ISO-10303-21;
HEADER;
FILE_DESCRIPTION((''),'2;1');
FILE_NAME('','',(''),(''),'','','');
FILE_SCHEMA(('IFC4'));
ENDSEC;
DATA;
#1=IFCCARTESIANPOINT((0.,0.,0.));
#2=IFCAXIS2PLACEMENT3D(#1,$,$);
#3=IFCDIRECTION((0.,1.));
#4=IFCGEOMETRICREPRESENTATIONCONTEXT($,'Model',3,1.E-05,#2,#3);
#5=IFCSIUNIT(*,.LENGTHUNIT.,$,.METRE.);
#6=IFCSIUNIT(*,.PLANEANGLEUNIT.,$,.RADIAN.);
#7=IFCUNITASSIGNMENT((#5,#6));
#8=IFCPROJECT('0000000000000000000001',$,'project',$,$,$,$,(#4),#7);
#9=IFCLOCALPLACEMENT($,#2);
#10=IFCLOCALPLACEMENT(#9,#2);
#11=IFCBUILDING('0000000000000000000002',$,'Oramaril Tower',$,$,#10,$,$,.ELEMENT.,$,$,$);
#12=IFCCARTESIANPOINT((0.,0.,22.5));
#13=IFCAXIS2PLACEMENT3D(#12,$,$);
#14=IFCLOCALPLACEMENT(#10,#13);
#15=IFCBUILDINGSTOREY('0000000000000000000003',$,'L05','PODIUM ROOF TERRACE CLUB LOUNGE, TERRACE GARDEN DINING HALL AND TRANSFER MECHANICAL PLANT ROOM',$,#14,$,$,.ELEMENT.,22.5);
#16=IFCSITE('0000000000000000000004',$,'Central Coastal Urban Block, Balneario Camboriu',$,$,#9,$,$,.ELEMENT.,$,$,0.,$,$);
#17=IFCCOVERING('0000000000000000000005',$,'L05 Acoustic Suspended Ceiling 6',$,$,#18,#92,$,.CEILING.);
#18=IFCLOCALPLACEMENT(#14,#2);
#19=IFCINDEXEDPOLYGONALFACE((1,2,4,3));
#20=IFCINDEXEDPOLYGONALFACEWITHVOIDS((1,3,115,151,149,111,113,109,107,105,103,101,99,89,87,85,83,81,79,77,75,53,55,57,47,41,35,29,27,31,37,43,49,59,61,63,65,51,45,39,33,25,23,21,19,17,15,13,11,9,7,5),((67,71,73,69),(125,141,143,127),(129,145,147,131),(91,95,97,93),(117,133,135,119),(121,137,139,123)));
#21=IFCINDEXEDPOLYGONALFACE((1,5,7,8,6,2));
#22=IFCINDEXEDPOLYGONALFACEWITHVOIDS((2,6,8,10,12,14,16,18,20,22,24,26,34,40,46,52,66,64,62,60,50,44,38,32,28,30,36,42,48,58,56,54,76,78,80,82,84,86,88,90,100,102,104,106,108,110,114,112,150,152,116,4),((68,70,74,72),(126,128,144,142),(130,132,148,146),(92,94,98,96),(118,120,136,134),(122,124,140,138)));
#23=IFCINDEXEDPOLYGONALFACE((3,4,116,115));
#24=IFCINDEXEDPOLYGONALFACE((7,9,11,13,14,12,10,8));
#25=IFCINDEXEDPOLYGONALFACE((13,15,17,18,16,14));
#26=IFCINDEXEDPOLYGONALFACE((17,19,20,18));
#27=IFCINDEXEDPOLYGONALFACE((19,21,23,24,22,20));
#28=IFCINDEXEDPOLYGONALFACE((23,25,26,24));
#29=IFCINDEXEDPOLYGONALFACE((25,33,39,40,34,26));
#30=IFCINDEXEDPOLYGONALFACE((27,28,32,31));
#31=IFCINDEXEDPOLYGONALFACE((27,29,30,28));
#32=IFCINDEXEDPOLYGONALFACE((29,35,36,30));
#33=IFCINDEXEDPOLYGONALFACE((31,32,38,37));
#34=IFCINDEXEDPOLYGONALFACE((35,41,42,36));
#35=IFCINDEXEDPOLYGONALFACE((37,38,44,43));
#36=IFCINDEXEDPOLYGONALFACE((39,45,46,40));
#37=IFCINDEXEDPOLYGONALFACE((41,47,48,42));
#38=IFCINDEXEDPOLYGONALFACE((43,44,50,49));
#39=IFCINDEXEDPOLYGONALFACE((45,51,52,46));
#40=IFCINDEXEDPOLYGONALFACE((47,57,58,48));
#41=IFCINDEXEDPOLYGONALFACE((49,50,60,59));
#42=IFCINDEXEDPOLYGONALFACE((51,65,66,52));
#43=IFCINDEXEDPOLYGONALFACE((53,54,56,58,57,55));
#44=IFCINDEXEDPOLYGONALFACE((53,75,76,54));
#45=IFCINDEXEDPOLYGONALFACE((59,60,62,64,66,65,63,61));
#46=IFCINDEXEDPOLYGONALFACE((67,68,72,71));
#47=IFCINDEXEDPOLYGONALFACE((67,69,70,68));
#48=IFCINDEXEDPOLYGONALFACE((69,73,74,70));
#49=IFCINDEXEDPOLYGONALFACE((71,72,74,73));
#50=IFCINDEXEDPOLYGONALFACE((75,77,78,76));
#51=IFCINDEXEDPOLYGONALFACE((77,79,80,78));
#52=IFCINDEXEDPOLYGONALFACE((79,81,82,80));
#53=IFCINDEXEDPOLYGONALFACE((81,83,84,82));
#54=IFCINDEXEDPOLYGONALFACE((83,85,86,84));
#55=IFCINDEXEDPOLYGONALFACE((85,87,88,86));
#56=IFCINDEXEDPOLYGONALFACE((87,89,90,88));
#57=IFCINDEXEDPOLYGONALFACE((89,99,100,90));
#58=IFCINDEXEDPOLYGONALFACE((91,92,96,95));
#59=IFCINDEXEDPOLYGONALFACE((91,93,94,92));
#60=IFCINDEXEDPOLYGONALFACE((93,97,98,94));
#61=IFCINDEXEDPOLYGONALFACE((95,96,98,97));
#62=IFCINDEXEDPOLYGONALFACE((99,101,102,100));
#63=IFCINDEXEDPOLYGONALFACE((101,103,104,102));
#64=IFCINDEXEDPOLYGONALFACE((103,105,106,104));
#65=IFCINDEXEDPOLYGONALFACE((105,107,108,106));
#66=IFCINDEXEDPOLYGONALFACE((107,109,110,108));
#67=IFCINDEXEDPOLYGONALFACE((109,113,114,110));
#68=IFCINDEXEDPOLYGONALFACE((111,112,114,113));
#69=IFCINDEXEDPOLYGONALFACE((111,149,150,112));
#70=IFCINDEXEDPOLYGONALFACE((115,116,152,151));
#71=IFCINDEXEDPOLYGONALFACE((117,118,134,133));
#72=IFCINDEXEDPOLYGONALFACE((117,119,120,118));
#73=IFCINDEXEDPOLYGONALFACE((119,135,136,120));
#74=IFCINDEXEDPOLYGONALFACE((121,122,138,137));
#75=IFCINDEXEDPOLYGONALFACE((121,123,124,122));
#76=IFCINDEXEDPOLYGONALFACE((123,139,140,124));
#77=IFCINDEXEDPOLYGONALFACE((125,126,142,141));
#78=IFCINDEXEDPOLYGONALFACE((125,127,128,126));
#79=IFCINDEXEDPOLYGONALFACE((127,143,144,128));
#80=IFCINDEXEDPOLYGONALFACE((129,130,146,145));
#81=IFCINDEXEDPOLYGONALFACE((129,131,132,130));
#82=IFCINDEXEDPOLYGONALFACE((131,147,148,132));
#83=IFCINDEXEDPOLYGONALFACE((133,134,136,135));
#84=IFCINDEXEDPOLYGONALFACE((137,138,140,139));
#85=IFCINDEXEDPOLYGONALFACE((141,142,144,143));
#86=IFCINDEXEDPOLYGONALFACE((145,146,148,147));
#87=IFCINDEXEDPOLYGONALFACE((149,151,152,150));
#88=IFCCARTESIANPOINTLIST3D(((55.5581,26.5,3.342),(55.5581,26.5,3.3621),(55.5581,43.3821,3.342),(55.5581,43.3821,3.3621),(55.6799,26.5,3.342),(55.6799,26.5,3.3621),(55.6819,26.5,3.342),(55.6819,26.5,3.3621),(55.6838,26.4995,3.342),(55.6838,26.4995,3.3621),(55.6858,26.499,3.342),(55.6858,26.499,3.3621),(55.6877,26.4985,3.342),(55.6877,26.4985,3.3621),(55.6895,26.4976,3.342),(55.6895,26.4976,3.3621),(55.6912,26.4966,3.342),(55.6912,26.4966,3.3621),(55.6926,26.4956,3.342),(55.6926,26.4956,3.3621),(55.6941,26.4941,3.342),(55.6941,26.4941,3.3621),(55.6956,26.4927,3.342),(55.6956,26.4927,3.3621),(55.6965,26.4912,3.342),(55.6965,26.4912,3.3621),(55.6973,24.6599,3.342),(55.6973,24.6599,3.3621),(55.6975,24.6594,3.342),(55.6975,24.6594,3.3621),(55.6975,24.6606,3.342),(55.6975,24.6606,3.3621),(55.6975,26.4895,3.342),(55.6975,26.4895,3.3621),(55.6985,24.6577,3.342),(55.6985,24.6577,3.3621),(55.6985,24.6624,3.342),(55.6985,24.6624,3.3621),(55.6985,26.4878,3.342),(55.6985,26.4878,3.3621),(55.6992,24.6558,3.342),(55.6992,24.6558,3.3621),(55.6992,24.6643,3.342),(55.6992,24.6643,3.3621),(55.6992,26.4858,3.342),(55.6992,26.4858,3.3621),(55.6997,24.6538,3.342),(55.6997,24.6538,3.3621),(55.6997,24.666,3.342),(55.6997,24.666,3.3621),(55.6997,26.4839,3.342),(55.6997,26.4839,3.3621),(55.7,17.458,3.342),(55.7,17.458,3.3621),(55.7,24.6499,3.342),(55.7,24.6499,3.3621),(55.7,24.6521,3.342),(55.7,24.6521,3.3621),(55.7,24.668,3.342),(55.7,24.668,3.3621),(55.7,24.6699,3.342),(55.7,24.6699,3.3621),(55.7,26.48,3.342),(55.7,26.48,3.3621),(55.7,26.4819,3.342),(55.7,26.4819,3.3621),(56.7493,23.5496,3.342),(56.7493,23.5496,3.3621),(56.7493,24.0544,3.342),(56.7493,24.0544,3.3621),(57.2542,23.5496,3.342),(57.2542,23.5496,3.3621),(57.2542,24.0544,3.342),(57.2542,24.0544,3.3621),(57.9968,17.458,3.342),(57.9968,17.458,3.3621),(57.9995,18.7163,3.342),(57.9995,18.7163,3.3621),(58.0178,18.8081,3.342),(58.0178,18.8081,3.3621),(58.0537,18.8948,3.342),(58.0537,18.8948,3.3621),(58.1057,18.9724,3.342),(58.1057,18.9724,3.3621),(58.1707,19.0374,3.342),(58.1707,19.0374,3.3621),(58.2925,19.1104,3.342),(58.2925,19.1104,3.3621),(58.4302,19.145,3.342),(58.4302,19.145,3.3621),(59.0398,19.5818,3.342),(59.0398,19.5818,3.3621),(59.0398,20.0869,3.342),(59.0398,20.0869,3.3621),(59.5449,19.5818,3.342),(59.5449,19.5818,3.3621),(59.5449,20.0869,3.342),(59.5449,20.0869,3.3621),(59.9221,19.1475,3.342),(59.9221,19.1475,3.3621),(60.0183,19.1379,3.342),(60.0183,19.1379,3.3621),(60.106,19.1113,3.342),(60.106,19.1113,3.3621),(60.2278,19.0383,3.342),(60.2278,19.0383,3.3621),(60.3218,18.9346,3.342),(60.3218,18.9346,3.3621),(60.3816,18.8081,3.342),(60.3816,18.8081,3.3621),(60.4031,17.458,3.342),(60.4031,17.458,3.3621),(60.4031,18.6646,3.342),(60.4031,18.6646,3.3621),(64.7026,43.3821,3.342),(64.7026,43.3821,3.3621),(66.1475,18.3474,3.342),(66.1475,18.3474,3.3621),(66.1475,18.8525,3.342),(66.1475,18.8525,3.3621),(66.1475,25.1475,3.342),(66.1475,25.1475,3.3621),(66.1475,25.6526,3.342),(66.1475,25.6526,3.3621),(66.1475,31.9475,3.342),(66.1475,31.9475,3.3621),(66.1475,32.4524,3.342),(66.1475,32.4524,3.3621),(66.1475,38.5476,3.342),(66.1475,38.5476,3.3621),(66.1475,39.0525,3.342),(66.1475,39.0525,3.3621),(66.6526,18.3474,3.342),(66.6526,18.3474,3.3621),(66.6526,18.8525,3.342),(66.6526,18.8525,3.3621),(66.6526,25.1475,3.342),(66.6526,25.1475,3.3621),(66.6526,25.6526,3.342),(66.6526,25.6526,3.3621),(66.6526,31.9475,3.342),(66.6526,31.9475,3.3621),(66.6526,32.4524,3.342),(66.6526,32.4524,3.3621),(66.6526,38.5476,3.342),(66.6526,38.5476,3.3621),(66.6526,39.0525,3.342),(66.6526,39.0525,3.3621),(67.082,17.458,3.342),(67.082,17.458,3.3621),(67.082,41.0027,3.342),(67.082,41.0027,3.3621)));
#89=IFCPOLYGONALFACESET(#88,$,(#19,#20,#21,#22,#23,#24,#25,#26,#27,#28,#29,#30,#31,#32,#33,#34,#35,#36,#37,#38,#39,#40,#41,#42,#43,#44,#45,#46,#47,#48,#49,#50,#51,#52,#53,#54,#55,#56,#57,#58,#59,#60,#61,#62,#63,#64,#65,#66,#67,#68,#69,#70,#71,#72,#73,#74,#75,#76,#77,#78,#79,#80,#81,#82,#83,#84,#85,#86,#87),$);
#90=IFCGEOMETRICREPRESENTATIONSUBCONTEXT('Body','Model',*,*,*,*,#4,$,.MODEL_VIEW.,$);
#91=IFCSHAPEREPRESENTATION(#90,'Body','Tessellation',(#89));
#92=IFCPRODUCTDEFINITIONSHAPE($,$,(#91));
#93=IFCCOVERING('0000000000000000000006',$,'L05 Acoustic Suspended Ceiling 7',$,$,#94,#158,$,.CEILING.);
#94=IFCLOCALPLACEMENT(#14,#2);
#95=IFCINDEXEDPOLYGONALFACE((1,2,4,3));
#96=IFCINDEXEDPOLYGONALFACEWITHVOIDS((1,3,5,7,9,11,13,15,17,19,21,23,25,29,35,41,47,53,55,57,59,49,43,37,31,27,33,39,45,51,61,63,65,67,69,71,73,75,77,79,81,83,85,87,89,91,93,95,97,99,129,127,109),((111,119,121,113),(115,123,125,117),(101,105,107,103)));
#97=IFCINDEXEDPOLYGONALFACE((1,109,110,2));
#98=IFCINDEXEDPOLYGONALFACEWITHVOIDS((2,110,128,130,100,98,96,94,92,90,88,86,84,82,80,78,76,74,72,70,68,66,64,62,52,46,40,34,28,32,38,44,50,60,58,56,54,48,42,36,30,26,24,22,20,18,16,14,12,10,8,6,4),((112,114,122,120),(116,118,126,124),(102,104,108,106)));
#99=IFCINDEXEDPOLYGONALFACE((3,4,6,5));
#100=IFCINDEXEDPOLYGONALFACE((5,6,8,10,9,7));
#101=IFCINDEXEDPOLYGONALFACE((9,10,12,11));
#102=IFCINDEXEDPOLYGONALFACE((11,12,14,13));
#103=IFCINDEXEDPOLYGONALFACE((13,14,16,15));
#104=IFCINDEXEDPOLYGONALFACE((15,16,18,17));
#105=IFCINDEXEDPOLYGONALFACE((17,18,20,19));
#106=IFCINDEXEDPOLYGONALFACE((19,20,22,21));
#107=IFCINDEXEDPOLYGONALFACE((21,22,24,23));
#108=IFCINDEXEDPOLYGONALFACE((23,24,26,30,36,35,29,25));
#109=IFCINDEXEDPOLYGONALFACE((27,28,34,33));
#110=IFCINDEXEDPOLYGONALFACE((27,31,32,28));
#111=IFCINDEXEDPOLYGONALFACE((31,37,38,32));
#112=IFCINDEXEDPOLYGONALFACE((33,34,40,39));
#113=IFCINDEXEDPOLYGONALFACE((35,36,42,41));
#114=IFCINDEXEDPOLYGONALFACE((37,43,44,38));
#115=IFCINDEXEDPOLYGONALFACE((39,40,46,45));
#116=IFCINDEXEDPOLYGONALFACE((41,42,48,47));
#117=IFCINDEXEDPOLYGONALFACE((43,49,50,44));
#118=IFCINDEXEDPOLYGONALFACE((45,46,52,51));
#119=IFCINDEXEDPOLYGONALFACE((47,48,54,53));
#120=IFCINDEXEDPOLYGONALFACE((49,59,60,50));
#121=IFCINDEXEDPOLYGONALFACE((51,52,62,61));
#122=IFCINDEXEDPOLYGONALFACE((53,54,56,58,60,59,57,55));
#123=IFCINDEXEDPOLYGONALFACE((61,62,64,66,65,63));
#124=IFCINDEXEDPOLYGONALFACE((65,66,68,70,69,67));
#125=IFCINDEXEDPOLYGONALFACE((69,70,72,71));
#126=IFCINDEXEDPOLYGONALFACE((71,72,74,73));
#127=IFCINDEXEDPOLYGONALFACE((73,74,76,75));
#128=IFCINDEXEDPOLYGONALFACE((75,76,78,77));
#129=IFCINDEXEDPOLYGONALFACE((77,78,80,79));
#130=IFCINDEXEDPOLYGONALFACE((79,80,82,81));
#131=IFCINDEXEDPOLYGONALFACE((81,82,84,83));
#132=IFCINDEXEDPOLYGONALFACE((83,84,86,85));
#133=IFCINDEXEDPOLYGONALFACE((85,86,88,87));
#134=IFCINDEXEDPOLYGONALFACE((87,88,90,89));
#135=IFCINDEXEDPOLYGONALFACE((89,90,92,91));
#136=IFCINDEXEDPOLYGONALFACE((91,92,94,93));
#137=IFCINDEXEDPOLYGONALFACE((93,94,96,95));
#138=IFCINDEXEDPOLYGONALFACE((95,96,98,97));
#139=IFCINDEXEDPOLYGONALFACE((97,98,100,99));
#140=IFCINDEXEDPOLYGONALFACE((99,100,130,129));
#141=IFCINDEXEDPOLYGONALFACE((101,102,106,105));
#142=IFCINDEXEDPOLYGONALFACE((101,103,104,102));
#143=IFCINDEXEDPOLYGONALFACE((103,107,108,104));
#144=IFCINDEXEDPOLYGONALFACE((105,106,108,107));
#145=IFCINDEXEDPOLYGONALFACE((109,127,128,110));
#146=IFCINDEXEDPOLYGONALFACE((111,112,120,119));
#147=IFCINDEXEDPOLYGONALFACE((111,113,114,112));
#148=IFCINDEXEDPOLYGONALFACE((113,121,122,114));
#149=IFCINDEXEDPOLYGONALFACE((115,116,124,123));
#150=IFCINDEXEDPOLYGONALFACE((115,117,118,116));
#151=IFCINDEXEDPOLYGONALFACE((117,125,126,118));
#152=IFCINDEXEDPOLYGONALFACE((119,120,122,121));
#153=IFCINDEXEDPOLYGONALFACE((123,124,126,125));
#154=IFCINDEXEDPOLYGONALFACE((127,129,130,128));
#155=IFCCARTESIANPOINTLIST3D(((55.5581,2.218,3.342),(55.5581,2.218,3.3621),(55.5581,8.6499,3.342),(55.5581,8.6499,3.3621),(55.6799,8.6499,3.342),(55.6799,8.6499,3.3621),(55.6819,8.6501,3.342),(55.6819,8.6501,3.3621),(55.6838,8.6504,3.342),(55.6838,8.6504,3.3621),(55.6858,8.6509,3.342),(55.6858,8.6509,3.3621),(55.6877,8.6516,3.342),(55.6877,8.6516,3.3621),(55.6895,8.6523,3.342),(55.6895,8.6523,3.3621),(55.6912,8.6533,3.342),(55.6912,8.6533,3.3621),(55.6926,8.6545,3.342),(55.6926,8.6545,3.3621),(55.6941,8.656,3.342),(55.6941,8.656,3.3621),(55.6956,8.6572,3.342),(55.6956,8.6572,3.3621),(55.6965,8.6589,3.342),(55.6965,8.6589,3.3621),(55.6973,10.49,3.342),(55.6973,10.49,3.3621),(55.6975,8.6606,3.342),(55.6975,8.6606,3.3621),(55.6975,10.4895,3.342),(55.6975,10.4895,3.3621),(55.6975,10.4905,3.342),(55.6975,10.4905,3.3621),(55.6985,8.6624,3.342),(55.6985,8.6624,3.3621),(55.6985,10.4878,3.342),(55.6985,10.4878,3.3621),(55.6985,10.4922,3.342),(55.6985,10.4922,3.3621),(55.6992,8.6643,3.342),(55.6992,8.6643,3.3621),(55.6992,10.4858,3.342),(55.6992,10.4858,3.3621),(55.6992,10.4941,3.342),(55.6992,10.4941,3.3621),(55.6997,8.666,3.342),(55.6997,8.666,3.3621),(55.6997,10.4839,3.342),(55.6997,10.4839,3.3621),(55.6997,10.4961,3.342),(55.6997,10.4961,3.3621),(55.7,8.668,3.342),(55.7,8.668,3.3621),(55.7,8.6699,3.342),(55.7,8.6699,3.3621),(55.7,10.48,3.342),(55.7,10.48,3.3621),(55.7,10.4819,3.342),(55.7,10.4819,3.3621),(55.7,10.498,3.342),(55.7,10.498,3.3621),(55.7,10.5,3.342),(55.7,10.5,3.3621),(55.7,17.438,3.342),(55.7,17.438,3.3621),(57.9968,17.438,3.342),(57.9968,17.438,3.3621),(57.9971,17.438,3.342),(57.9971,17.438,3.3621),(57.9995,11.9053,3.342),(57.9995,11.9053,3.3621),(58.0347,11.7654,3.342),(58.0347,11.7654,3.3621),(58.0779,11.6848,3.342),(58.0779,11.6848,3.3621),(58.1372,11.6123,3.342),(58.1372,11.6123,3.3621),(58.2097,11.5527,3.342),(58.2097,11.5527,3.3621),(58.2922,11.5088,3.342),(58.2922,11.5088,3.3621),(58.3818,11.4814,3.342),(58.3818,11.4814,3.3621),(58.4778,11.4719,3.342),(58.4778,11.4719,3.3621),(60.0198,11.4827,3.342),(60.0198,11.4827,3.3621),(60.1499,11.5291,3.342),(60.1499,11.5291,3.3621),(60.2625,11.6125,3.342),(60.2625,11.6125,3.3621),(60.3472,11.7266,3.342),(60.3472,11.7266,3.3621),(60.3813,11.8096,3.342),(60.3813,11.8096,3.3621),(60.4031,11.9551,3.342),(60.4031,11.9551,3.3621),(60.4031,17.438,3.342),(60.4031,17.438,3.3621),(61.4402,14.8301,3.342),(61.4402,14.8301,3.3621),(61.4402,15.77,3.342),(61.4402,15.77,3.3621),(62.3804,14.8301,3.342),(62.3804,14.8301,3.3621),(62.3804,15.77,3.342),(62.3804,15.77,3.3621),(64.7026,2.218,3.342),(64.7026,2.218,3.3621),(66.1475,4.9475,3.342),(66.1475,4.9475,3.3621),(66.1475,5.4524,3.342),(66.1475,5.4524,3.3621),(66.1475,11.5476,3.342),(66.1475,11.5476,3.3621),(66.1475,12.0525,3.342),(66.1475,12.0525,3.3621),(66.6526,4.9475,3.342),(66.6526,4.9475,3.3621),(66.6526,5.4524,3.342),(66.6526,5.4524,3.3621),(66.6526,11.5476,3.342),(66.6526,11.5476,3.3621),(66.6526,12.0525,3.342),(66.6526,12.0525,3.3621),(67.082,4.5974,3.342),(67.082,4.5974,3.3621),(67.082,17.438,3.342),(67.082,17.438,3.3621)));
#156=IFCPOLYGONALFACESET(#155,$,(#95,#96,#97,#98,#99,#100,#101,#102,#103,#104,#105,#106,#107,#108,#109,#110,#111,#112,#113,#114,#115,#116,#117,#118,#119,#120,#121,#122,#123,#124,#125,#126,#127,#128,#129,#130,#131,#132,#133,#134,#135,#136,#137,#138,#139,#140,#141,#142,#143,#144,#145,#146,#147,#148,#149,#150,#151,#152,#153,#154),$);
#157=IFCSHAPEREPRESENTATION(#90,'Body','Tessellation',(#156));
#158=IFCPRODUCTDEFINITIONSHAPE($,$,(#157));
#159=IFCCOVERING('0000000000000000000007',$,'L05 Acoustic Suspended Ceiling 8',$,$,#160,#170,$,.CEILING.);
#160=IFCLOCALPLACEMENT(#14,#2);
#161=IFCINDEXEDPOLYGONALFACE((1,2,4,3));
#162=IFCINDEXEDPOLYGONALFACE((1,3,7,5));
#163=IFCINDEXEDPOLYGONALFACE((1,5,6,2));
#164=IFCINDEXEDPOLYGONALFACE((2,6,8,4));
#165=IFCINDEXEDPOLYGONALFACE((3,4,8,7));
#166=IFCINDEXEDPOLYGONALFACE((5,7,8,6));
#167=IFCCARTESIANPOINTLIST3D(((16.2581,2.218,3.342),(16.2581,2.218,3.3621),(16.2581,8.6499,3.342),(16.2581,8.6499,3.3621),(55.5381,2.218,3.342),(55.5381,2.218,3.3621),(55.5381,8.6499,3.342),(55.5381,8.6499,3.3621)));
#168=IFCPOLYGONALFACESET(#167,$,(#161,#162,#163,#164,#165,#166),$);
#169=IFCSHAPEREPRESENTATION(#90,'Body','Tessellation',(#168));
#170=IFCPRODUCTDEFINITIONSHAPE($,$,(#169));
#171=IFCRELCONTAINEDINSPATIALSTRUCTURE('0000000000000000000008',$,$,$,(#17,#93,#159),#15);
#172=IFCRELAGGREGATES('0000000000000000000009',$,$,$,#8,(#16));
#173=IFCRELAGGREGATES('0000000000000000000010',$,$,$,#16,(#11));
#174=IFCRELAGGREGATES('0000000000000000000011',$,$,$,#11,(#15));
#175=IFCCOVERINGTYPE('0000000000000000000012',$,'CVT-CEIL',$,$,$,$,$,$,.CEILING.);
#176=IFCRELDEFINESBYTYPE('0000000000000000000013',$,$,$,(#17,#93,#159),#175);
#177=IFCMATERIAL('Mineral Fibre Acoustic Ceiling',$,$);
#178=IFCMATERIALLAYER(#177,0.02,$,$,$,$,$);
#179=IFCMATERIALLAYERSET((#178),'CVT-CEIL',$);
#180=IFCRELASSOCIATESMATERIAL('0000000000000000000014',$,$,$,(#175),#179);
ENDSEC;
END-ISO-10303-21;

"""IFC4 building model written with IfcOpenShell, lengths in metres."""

from ifc_helpers import new_model, si_unit, direction, frame, origin, place, context, subcontext, project, spatial, polyline, outline, extrude, material, layer, layer_set, type_object, element, save


model = new_model("IFC4")

# Units and contexts
model_context = context("Model", 3, precision=1e-05, world=origin(), true_north=direction((0.0, 1.0)))
body_context = subcontext(model_context, "Body", "Model", "MODEL_VIEW")
ifc_project = project(units=[si_unit("LENGTHUNIT", "METRE"), si_unit("PLANEANGLEUNIT", "RADIAN")], contexts=[model_context])

# Site, building, storey
site_placement = place(None, origin())
site = spatial("IfcSite", under=ifc_project, at=site_placement, Name="Central Coastal Urban Block, Balneario Camboriu", CompositionType="ELEMENT", RefElevation=0.0)
building_placement = place(site_placement, origin())
building = spatial("IfcBuilding", under=site, at=building_placement, Name="Oramaril Tower", CompositionType="ELEMENT")
storey_placement = place(building_placement, frame((0.0, 0.0, 22.5)))
storey = spatial("IfcBuildingStorey", under=building, at=storey_placement, Name="L05", Description="PODIUM ROOF TERRACE CLUB LOUNGE, TERRACE GARDEN DINING HALL AND TRANSFER MECHANICAL PLANT ROOM", CompositionType="ELEMENT", Elevation=22.5)

# Coverings
ifc_material_1 = material(Name="Mineral Fibre Acoustic Ceiling")
ifc_layer_1 = layer(ifc_material_1, 0.02)
ifc_layer_set_1 = layer_set([ifc_layer_1], Name="CVT-CEIL")
covering_type_1 = type_object("IfcCoveringType", Name="CVT-CEIL", PredefinedType="CEILING", material=ifc_layer_set_1)
covering_1_placement = place(storey_placement, frame((0.0, 0.0, 3.342)))
element("IfcCovering", 1, at=covering_1_placement, inside=storey, type_object=covering_type_1, Name="L05 Acoustic Suspended Ceiling 6", PredefinedType="CEILING", context=body_context, shape_type="SweptSolid", body=[
    extrude(outline(polyline([(67.082, 41.0027), (67.082, 17.458), (60.4031, 17.458), (60.4031, 18.6646), (60.3816, 18.8081), (60.3218, 18.9346), (60.2278, 19.0383), (60.106, 19.1113), (60.0183, 19.1379), (59.9221, 19.1475), (58.4302, 19.145), (58.2925, 19.1104), (58.1707, 19.0374), (58.1057, 18.9724), (58.0537, 18.8948), (58.0178, 18.8081), (57.9995, 18.7163), (57.9968, 17.458), (55.7, 17.458), (55.7, 24.6499), (55.7, 24.6521), (55.6997, 24.6538), (55.6992, 24.6558), (55.6985, 24.6577), (55.6975, 24.6594), (55.6973, 24.6599), (55.6975, 24.6606), (55.6985, 24.6624), (55.6992, 24.6643), (55.6997, 24.666), (55.7, 24.668), (55.7, 24.6699), (55.7, 26.48), (55.7, 26.4819), (55.6997, 26.4839), (55.6992, 26.4858), (55.6985, 26.4878), (55.6975, 26.4895), (55.6965, 26.4912), (55.6956, 26.4927), (55.6941, 26.4941), (55.6926, 26.4956), (55.6912, 26.4966), (55.6895, 26.4976), (55.6877, 26.4985), (55.6858, 26.499), (55.6838, 26.4995), (55.6819, 26.5), (55.6799, 26.5), (55.5581, 26.5), (55.5581, 43.3821), (64.7026, 43.3821), (67.082, 41.0027)]), holes=[polyline([(66.6526, 18.8525), (66.1475, 18.8525), (66.1475, 18.3474), (66.6526, 18.3474), (66.6526, 18.8525)]), polyline([(59.5449, 20.0869), (59.0398, 20.0869), (59.0398, 19.5818), (59.5449, 19.5818), (59.5449, 20.0869)]), polyline([(57.2542, 24.0544), (56.7493, 24.0544), (56.7493, 23.5496), (57.2542, 23.5496), (57.2542, 24.0544)]), polyline([(66.6526, 25.1475), (66.6526, 25.6526), (66.1475, 25.6526), (66.1475, 25.1475), (66.6526, 25.1475)]), polyline([(66.6526, 32.4524), (66.1475, 32.4524), (66.1475, 31.9475), (66.6526, 31.9475), (66.6526, 32.4524)]), polyline([(66.6526, 39.0525), (66.1475, 39.0525), (66.1475, 38.5476), (66.6526, 38.5476), (66.6526, 39.0525)])]), origin(), (0.0, 0.0, 1.0), 0.02),
])
covering_2_placement = place(storey_placement, frame((0.0, 0.0, 3.342)))
element("IfcCovering", 2, at=covering_2_placement, inside=storey, type_object=covering_type_1, Name="L05 Acoustic Suspended Ceiling 7", PredefinedType="CEILING", context=body_context, shape_type="SweptSolid", body=[
    extrude(outline(polyline([(57.9995, 11.9053), (58.0347, 11.7654), (58.0779, 11.6848), (58.1372, 11.6123), (58.2097, 11.5527), (58.2922, 11.5088), (58.3818, 11.4814), (58.4778, 11.4719), (60.0198, 11.4827), (60.1499, 11.5291), (60.2625, 11.6125), (60.3472, 11.7266), (60.3813, 11.8096), (60.4031, 11.9551), (60.4031, 17.438), (67.082, 17.438), (67.082, 4.5974), (64.7026, 2.218), (55.5581, 2.218), (55.5581, 8.6499), (55.6799, 8.6499), (55.6819, 8.6501), (55.6838, 8.6504), (55.6858, 8.6509), (55.6877, 8.6516), (55.6895, 8.6523), (55.6912, 8.6533), (55.6926, 8.6545), (55.6941, 8.656), (55.6956, 8.6572), (55.6965, 8.6589), (55.6975, 8.6606), (55.6985, 8.6624), (55.6992, 8.6643), (55.6997, 8.666), (55.7, 8.668), (55.7, 8.6699), (55.7, 10.48), (55.7, 10.4819), (55.6997, 10.4839), (55.6992, 10.4858), (55.6985, 10.4878), (55.6975, 10.4895), (55.6973, 10.49), (55.6975, 10.4905), (55.6985, 10.4922), (55.6992, 10.4941), (55.6997, 10.4961), (55.7, 10.498), (55.7, 10.5), (55.7, 17.438), (57.9968, 17.438), (57.9971, 17.438), (57.9995, 11.9053)]), holes=[polyline([(66.6526, 4.9475), (66.6526, 5.4524), (66.1475, 5.4524), (66.1475, 4.9475), (66.6526, 4.9475)]), polyline([(66.6526, 12.0525), (66.1475, 12.0525), (66.1475, 11.5476), (66.6526, 11.5476), (66.6526, 12.0525)]), polyline([(62.3804, 15.77), (61.4402, 15.77), (61.4402, 14.8301), (62.3804, 14.8301), (62.3804, 15.77)])]), origin(), (0.0, 0.0, 1.0), 0.02),
])
covering_3_placement = place(storey_placement, frame((0.0, 0.0, 3.342)))
element("IfcCovering", 3, at=covering_3_placement, inside=storey, type_object=covering_type_1, Name="L05 Acoustic Suspended Ceiling 8", PredefinedType="CEILING", context=body_context, shape_type="SweptSolid", body=[
    extrude(outline(polyline([(16.2581, 2.218), (16.2581, 8.6499), (55.5381, 8.6499), (55.5381, 2.218), (16.2581, 2.218)])), origin(), (0.0, 0.0, 1.0), 0.02),
])

save(model, "model.ifc")
